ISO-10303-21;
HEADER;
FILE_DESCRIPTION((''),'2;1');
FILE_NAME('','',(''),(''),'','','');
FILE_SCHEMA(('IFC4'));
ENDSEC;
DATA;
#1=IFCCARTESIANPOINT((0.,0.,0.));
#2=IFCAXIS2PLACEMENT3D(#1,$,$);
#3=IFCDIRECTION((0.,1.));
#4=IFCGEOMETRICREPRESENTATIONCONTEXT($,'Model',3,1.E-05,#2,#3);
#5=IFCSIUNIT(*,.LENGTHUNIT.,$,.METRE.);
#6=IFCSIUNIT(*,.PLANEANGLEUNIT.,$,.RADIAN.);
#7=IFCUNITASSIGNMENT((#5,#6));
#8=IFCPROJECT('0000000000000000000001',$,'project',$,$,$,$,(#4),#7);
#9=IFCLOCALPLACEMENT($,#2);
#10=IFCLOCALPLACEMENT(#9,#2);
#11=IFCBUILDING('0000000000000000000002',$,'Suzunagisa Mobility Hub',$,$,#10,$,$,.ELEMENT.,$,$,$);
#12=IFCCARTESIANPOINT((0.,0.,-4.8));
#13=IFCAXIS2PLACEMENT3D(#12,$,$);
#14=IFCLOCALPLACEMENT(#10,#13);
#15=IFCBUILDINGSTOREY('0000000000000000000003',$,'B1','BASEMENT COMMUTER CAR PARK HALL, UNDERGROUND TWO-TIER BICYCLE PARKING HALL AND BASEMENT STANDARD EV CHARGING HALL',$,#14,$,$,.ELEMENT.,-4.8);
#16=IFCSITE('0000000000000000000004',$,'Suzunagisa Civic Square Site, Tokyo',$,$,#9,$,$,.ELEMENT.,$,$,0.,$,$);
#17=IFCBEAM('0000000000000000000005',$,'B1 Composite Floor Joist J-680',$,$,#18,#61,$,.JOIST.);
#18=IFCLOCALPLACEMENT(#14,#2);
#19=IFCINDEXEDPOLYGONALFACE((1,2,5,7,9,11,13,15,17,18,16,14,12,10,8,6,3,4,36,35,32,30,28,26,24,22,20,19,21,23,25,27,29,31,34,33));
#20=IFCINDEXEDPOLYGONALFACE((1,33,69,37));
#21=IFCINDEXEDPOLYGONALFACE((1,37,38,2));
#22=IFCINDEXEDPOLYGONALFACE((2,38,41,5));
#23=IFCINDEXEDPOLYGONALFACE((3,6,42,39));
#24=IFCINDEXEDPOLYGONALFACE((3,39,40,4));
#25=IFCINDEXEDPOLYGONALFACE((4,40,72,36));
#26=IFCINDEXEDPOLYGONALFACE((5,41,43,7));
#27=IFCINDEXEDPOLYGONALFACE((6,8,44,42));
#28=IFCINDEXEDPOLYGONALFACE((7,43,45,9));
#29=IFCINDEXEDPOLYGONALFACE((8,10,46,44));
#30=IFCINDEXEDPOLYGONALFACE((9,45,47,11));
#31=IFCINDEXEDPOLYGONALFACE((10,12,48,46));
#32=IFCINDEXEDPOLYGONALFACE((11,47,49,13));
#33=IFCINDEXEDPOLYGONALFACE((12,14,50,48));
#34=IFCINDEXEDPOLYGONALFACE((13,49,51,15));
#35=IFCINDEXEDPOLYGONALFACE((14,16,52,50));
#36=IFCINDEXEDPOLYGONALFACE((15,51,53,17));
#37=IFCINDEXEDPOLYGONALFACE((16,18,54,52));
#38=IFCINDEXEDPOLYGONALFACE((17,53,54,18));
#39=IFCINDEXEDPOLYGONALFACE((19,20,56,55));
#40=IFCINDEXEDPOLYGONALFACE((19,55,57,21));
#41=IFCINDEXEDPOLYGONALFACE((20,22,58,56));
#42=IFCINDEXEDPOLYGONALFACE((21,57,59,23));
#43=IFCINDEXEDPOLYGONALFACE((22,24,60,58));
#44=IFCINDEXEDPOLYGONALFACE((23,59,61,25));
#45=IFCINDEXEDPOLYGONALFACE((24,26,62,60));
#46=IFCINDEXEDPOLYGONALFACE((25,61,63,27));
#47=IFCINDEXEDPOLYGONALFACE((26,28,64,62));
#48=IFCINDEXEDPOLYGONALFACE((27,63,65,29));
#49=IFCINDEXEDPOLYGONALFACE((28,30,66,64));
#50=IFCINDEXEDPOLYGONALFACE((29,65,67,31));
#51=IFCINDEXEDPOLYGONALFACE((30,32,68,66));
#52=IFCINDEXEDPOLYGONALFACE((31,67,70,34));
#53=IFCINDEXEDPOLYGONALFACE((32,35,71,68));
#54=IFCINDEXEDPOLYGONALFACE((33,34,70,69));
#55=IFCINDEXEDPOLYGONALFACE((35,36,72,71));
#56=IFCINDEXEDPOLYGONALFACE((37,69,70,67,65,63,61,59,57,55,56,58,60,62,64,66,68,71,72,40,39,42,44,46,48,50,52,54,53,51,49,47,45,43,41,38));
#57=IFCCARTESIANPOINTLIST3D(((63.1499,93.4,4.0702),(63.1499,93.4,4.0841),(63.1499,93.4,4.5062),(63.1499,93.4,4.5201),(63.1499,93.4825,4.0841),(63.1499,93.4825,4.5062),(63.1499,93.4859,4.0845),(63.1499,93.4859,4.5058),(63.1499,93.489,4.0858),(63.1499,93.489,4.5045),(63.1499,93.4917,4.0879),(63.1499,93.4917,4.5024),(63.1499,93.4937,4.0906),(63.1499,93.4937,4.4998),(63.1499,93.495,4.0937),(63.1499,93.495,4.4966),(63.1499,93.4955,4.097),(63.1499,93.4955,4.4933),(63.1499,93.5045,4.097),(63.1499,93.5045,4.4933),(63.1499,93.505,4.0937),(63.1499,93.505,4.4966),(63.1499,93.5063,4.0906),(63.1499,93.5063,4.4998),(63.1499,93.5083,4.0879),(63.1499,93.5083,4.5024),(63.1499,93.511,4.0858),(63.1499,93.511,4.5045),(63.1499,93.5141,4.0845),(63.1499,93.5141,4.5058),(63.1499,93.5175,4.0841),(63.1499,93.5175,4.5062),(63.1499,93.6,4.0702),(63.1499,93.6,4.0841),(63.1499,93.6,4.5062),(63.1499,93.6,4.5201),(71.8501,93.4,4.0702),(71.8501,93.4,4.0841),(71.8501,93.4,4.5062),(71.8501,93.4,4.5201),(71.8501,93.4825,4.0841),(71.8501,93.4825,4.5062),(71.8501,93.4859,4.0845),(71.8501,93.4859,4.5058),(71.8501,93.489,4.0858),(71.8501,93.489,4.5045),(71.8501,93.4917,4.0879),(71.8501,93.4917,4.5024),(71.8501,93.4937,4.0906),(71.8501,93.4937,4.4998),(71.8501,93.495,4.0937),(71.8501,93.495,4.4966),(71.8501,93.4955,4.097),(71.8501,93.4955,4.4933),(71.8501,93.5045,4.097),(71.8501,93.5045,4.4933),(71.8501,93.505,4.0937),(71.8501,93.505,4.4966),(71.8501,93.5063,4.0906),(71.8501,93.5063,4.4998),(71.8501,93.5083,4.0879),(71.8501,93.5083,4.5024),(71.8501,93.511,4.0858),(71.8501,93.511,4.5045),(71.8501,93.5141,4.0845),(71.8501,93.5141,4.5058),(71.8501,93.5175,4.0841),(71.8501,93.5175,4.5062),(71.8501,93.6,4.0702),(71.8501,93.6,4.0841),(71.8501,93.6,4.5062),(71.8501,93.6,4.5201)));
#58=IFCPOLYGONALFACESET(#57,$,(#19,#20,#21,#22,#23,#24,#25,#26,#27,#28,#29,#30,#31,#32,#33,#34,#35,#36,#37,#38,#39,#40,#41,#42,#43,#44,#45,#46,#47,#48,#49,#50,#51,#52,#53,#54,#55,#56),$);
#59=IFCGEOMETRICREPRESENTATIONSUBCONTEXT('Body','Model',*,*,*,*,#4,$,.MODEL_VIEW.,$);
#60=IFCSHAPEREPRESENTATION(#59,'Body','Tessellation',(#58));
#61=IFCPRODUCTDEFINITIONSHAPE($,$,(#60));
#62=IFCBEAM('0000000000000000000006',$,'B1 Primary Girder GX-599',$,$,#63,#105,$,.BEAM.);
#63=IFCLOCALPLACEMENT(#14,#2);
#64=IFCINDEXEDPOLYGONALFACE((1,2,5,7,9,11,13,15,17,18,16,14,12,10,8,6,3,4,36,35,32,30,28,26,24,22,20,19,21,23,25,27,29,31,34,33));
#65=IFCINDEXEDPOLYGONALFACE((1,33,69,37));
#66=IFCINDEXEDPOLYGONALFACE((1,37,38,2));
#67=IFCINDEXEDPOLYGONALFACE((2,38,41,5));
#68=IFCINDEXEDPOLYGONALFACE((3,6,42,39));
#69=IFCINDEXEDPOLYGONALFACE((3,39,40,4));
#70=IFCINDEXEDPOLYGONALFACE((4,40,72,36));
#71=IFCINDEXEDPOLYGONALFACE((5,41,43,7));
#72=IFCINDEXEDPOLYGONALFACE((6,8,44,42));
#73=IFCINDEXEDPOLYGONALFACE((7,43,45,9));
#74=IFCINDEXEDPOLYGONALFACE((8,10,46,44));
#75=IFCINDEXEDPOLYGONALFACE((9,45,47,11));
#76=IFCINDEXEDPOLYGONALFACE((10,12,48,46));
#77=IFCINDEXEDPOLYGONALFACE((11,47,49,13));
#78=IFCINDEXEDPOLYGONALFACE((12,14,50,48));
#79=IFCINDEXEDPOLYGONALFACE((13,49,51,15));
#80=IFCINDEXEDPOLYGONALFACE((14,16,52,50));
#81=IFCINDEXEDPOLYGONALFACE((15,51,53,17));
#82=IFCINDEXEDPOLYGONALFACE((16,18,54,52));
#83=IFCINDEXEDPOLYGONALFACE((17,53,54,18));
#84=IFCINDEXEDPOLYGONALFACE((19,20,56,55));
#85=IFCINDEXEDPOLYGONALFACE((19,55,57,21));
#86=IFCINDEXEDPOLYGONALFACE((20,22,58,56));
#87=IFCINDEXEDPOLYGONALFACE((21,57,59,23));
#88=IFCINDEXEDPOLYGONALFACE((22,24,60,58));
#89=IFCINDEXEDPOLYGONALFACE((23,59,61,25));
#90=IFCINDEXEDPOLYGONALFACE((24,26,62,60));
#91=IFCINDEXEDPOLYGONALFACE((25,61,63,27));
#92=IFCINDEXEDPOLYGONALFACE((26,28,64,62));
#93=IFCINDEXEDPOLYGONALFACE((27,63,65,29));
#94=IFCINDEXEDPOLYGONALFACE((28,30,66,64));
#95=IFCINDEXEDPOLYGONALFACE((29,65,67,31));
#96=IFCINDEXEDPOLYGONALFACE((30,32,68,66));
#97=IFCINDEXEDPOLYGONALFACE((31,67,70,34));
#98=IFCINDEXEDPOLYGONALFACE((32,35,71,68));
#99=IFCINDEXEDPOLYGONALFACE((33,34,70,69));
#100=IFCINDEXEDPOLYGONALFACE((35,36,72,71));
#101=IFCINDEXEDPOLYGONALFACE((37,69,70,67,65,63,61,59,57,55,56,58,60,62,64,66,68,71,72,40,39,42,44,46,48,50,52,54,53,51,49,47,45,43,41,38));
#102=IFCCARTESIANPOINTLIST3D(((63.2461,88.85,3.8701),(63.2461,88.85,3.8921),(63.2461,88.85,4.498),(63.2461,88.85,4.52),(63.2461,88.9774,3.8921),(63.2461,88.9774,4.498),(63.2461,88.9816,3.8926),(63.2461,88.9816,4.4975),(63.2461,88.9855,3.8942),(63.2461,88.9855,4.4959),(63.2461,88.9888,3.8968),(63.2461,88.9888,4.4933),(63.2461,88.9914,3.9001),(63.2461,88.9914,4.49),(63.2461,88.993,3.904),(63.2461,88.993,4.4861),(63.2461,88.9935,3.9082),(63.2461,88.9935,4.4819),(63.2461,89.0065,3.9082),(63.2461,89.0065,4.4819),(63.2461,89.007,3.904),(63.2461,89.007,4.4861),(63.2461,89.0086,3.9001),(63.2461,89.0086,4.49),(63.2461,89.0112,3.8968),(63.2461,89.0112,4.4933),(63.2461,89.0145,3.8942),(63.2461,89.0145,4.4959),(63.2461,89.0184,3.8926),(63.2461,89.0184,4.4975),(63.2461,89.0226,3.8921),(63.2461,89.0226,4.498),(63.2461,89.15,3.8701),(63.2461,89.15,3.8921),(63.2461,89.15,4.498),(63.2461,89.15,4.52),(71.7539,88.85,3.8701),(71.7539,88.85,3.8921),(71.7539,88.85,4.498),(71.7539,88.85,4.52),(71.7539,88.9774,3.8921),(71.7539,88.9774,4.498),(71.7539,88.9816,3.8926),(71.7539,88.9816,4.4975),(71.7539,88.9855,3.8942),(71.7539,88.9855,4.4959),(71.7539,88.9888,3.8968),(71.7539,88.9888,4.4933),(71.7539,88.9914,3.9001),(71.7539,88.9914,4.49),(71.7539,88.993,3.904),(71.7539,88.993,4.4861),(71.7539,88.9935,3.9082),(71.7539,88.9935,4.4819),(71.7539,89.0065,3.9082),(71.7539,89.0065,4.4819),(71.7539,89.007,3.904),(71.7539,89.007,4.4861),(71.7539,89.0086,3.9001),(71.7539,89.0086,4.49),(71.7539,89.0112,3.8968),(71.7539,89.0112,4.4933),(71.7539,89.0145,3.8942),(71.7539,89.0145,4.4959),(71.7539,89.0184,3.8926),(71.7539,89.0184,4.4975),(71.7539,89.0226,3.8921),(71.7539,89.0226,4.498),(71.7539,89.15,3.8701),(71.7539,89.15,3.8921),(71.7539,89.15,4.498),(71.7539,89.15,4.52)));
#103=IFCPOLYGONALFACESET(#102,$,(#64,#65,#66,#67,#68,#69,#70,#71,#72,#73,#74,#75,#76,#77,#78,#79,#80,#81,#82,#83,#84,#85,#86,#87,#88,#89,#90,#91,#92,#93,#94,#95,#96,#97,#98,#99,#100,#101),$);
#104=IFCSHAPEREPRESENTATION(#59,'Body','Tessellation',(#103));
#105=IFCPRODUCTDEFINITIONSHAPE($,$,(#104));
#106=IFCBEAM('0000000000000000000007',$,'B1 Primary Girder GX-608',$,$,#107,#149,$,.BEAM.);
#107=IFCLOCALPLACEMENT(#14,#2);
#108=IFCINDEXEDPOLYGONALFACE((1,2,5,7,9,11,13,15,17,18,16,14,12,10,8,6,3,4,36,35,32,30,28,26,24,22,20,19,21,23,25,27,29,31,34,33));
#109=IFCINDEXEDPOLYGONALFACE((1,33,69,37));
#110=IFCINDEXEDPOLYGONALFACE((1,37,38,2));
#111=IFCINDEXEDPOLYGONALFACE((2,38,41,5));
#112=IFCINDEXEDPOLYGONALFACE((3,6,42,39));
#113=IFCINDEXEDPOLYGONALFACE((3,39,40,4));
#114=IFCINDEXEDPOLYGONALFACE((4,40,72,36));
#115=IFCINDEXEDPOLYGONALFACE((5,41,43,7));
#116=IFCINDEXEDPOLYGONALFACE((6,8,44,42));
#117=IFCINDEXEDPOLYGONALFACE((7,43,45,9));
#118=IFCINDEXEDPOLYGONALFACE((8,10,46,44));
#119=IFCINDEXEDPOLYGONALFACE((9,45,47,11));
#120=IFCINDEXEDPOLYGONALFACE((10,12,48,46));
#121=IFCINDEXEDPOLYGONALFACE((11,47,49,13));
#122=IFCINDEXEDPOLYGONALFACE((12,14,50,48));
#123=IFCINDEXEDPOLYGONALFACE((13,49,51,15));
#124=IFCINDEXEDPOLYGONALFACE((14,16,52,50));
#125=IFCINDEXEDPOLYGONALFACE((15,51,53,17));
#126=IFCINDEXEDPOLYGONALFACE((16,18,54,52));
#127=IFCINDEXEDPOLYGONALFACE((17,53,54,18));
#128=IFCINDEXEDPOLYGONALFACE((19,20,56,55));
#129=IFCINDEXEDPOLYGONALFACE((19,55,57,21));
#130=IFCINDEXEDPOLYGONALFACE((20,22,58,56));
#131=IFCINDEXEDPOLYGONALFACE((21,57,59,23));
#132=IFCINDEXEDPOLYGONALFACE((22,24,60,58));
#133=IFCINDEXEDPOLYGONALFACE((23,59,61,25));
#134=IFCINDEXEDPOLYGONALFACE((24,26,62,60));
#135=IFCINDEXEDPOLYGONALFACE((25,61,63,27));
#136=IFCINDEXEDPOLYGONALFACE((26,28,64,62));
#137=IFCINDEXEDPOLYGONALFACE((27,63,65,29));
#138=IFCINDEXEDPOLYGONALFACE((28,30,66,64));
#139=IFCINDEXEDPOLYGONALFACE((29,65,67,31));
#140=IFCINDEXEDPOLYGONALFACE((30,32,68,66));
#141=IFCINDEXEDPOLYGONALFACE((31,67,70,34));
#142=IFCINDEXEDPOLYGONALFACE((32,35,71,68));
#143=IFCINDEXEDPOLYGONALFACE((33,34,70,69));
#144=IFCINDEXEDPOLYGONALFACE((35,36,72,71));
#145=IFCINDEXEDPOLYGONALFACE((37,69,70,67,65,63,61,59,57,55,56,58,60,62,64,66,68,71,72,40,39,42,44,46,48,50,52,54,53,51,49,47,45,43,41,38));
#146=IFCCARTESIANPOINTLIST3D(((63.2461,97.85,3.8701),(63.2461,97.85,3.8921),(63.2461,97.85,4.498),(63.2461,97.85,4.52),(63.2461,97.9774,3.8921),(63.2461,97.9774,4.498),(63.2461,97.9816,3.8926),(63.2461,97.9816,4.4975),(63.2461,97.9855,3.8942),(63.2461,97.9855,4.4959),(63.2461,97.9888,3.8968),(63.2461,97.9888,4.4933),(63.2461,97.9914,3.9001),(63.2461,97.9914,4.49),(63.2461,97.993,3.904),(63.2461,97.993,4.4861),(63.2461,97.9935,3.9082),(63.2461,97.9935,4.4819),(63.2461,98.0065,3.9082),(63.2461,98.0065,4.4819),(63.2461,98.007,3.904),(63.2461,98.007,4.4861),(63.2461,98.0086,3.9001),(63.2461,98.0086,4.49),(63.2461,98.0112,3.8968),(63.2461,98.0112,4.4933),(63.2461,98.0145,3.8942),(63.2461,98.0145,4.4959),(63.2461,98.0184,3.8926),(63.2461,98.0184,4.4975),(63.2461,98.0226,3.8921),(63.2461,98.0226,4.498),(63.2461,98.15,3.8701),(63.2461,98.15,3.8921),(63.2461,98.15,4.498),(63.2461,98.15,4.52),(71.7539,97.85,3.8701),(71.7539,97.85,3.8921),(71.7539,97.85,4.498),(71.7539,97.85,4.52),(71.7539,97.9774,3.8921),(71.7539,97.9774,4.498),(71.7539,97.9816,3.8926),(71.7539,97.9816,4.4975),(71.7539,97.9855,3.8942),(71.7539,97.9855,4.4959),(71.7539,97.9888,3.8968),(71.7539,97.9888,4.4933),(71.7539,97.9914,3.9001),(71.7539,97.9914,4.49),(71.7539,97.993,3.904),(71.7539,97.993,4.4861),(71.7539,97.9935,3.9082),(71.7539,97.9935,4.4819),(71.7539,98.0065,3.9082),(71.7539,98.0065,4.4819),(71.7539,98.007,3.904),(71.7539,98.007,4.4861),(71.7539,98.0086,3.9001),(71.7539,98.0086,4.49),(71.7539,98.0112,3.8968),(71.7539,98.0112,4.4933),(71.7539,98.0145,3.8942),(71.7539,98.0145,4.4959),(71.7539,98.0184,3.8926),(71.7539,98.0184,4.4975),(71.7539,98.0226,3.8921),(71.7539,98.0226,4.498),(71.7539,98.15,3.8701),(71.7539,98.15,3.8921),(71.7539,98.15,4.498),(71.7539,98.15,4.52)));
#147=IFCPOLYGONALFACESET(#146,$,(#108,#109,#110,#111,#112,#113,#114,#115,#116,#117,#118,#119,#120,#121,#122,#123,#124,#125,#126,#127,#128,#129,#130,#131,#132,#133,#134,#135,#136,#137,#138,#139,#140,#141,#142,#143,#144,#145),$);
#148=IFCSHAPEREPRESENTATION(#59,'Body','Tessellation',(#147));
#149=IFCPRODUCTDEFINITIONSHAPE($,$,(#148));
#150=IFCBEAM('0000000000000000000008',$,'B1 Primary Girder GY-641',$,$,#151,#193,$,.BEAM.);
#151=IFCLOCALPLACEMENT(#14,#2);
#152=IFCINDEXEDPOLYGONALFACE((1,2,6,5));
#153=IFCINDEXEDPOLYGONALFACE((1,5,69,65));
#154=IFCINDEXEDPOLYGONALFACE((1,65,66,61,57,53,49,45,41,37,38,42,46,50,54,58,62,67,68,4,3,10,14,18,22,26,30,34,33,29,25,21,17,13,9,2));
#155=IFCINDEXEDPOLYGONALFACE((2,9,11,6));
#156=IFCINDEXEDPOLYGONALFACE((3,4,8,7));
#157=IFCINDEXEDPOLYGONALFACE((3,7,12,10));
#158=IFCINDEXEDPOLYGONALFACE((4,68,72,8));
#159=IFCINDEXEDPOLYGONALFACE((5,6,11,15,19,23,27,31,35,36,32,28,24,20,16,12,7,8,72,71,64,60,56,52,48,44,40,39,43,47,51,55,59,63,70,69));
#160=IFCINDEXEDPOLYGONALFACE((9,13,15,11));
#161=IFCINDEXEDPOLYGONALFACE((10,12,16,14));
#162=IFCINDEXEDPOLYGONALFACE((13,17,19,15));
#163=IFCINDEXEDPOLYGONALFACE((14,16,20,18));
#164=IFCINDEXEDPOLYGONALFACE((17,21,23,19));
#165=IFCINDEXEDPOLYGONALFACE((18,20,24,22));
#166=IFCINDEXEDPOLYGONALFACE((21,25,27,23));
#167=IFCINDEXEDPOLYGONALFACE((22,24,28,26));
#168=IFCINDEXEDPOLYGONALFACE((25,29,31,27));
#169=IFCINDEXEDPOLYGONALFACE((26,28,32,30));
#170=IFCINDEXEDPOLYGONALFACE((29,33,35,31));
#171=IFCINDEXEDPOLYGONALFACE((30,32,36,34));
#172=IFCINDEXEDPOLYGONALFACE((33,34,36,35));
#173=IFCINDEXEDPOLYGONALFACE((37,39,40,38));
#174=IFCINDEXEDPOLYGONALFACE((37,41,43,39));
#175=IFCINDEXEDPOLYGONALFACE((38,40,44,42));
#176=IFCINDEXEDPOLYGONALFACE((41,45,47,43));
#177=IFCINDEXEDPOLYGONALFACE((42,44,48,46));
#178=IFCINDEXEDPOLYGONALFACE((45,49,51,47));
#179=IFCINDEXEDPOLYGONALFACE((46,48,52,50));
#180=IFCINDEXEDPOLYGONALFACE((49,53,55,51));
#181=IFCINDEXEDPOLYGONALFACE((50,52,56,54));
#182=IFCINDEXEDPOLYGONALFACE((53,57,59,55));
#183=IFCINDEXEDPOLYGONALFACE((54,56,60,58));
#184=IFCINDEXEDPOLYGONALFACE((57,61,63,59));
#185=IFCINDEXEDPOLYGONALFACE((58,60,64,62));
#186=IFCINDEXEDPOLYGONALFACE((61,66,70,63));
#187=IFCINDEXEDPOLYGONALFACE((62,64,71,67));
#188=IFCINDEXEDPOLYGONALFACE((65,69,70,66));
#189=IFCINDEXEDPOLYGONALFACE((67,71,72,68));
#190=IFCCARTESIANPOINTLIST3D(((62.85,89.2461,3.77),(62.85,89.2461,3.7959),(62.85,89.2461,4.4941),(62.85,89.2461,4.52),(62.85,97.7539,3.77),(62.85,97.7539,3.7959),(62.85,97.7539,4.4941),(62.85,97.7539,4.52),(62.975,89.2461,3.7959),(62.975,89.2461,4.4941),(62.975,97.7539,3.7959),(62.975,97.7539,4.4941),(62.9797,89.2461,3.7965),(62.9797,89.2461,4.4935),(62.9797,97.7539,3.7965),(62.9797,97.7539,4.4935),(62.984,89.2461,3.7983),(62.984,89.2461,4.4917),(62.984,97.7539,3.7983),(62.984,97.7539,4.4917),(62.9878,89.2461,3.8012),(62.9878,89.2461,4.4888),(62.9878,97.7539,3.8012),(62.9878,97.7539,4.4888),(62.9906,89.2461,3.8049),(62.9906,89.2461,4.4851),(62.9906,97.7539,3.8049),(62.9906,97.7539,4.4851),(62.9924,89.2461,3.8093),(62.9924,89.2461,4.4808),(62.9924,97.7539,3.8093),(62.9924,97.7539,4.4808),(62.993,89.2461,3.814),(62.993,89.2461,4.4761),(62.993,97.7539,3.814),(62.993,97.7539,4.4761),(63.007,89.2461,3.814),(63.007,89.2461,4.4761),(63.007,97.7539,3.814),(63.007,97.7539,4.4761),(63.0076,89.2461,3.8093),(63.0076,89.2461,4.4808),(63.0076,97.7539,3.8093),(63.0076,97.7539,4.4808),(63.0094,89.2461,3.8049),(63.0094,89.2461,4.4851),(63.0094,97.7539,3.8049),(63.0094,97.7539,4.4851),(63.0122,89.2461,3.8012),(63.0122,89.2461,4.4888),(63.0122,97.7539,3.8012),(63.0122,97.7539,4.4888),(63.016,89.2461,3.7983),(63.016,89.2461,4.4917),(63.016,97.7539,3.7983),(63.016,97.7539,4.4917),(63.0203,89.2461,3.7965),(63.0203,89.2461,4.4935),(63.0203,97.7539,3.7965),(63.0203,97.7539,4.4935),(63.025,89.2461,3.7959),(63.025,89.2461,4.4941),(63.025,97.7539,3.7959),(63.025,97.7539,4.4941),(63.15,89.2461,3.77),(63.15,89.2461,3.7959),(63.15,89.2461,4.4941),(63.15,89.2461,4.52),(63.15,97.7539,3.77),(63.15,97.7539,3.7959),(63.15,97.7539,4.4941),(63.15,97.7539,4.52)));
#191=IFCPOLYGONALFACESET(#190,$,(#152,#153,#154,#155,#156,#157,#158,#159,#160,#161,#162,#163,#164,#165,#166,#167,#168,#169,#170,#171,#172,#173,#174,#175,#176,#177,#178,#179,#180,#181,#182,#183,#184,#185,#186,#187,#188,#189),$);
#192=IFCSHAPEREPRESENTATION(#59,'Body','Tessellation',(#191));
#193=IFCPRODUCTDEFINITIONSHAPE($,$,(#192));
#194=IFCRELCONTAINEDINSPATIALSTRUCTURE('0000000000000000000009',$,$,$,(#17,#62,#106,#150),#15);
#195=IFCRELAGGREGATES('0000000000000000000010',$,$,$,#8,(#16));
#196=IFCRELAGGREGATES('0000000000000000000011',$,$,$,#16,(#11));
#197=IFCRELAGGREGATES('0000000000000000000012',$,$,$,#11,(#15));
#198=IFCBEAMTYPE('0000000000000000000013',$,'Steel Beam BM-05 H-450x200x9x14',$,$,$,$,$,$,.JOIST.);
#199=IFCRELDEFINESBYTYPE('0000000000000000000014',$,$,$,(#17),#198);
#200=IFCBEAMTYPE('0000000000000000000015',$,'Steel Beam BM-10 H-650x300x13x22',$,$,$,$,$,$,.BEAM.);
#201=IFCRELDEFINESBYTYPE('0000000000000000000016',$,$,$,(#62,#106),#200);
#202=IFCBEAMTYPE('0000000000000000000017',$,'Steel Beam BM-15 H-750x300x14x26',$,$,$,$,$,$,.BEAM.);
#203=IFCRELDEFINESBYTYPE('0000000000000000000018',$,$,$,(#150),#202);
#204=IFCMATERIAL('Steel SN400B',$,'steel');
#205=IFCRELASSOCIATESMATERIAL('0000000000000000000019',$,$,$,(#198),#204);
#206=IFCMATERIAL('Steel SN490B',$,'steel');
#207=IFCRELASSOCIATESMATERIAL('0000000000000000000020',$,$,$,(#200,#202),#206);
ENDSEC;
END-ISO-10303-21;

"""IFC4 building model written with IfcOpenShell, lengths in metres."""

from ifc_helpers import new_model, si_unit, direction, frame, origin, origin_2d, place, context, subcontext, project, spatial, i_section, extrude, material, material_profile, profile_set, type_object, element, save


model = new_model("IFC4")

# Units and contexts
model_context = context("Model", 3, precision=1e-05, world=origin(), true_north=direction((0.0, 1.0)))
body_context = subcontext(model_context, "Body", "Model", "MODEL_VIEW")
ifc_project = project(units=[si_unit("LENGTHUNIT", "METRE"), si_unit("PLANEANGLEUNIT", "RADIAN")], contexts=[model_context])

# Site, building, storey
site_placement = place(None, origin())
site = spatial("IfcSite", under=ifc_project, at=site_placement, Name="Suzunagisa Civic Square Site, Tokyo", CompositionType="ELEMENT", RefElevation=0.0)
building_placement = place(site_placement, origin())
building = spatial("IfcBuilding", under=site, at=building_placement, Name="Suzunagisa Mobility Hub", CompositionType="ELEMENT")
storey_placement = place(building_placement, frame((0.0, 0.0, -4.8)))
storey = spatial("IfcBuildingStorey", under=building, at=storey_placement, Name="B1", Description="BASEMENT COMMUTER CAR PARK HALL, UNDERGROUND TWO-TIER BICYCLE PARKING HALL AND BASEMENT STANDARD EV CHARGING HALL", CompositionType="ELEMENT", Elevation=-4.8)

# Shared definitions
ifc_material_1 = material(Name="Steel SN490B", Category="steel")

# Beams
ifc_material_2 = material(Name="Steel SN400B", Category="steel")
ifc_material_profile_1 = material_profile(ifc_material_2, i_section(OverallWidth=0.2, OverallDepth=0.45, WebThickness=0.009, FlangeThickness=0.0139, FilletRadius=0.0129, at=origin_2d()), Name="H-450x200x9x14")
ifc_profile_set_1 = profile_set([ifc_material_profile_1], Name="Steel SN400B")
beam_type_1 = type_object("IfcBeamType", Name="Steel Beam BM-05 H-450x200x9x14", PredefinedType="JOIST", material=ifc_profile_set_1)
beam_1_placement = place(storey_placement, frame((63.1499, 93.5, 4.2952), z_axis=(1.0, 0.0, 0.0), x_axis=(0.0, 1.0, 0.0)))
element("IfcBeam", 1, at=beam_1_placement, inside=storey, type_object=beam_type_1, Name="B1 Composite Floor Joist J-680", PredefinedType="JOIST", context=body_context, shape_type="SweptSolid", body=[
    extrude(i_section(OverallWidth=0.2, OverallDepth=0.45, WebThickness=0.009, FlangeThickness=0.0139, FilletRadius=0.0129, at=origin_2d()), origin(), (0.0, 0.0, 1.0), 8.7002),
])
ifc_material_profile_2 = material_profile(ifc_material_1, i_section(OverallWidth=0.3, OverallDepth=0.6499, WebThickness=0.0129, FlangeThickness=0.022, FilletRadius=0.0161, at=origin_2d()), Name="H-650x300x13x22")
ifc_profile_set_2 = profile_set([ifc_material_profile_2], Name="Steel SN490B")
beam_type_2 = type_object("IfcBeamType", Name="Steel Beam BM-10 H-650x300x13x22", PredefinedType="BEAM", material=ifc_profile_set_2)
for number, where, z_axis, x_axis, name in (
    (2, (63.2461, 89.0, 4.1951), (1.0, 0.0, 0.0), (0.0, 1.0, 0.0), "B1 Primary Girder GX-599"),
    (3, (63.2461, 98.0, 4.1951), (1.0, 0.0, 0.0), (0.0, 1.0, 0.0), "B1 Primary Girder GX-608"),
):
    element("IfcBeam", number, at=place(storey_placement, frame(where, z_axis=z_axis, x_axis=x_axis)), inside=storey, type_object=beam_type_2, Name=name, PredefinedType="BEAM", context=body_context, shape_type="SweptSolid", body=[
        extrude(i_section(OverallWidth=0.3, OverallDepth=0.6499, WebThickness=0.0129, FlangeThickness=0.022, FilletRadius=0.0161, at=origin_2d()), origin(), (0.0, 0.0, 1.0), 8.5078),
    ])
ifc_material_profile_3 = material_profile(ifc_material_1, i_section(OverallWidth=0.3, OverallDepth=0.75, WebThickness=0.0139, FlangeThickness=0.0259, FilletRadius=0.0181, at=origin_2d()), Name="H-750x300x14x26")
ifc_profile_set_3 = profile_set([ifc_material_profile_3], Name="Steel SN490B")
beam_type_3 = type_object("IfcBeamType", Name="Steel Beam BM-15 H-750x300x14x26", PredefinedType="BEAM", material=ifc_profile_set_3)
beam_2_placement = place(storey_placement, frame((63.0, 89.2461, 4.145), z_axis=(0.0, 1.0, 0.0), x_axis=(-1.0, 0.0, 0.0)))
element("IfcBeam", 4, at=beam_2_placement, inside=storey, type_object=beam_type_3, Name="B1 Primary Girder GY-641", PredefinedType="BEAM", context=body_context, shape_type="SweptSolid", body=[
    extrude(i_section(OverallWidth=0.3, OverallDepth=0.75, WebThickness=0.0139, FlangeThickness=0.0259, FilletRadius=0.0181, at=origin_2d()), origin(), (0.0, 0.0, 1.0), 8.5078),
])

save(model, "model.ifc")
